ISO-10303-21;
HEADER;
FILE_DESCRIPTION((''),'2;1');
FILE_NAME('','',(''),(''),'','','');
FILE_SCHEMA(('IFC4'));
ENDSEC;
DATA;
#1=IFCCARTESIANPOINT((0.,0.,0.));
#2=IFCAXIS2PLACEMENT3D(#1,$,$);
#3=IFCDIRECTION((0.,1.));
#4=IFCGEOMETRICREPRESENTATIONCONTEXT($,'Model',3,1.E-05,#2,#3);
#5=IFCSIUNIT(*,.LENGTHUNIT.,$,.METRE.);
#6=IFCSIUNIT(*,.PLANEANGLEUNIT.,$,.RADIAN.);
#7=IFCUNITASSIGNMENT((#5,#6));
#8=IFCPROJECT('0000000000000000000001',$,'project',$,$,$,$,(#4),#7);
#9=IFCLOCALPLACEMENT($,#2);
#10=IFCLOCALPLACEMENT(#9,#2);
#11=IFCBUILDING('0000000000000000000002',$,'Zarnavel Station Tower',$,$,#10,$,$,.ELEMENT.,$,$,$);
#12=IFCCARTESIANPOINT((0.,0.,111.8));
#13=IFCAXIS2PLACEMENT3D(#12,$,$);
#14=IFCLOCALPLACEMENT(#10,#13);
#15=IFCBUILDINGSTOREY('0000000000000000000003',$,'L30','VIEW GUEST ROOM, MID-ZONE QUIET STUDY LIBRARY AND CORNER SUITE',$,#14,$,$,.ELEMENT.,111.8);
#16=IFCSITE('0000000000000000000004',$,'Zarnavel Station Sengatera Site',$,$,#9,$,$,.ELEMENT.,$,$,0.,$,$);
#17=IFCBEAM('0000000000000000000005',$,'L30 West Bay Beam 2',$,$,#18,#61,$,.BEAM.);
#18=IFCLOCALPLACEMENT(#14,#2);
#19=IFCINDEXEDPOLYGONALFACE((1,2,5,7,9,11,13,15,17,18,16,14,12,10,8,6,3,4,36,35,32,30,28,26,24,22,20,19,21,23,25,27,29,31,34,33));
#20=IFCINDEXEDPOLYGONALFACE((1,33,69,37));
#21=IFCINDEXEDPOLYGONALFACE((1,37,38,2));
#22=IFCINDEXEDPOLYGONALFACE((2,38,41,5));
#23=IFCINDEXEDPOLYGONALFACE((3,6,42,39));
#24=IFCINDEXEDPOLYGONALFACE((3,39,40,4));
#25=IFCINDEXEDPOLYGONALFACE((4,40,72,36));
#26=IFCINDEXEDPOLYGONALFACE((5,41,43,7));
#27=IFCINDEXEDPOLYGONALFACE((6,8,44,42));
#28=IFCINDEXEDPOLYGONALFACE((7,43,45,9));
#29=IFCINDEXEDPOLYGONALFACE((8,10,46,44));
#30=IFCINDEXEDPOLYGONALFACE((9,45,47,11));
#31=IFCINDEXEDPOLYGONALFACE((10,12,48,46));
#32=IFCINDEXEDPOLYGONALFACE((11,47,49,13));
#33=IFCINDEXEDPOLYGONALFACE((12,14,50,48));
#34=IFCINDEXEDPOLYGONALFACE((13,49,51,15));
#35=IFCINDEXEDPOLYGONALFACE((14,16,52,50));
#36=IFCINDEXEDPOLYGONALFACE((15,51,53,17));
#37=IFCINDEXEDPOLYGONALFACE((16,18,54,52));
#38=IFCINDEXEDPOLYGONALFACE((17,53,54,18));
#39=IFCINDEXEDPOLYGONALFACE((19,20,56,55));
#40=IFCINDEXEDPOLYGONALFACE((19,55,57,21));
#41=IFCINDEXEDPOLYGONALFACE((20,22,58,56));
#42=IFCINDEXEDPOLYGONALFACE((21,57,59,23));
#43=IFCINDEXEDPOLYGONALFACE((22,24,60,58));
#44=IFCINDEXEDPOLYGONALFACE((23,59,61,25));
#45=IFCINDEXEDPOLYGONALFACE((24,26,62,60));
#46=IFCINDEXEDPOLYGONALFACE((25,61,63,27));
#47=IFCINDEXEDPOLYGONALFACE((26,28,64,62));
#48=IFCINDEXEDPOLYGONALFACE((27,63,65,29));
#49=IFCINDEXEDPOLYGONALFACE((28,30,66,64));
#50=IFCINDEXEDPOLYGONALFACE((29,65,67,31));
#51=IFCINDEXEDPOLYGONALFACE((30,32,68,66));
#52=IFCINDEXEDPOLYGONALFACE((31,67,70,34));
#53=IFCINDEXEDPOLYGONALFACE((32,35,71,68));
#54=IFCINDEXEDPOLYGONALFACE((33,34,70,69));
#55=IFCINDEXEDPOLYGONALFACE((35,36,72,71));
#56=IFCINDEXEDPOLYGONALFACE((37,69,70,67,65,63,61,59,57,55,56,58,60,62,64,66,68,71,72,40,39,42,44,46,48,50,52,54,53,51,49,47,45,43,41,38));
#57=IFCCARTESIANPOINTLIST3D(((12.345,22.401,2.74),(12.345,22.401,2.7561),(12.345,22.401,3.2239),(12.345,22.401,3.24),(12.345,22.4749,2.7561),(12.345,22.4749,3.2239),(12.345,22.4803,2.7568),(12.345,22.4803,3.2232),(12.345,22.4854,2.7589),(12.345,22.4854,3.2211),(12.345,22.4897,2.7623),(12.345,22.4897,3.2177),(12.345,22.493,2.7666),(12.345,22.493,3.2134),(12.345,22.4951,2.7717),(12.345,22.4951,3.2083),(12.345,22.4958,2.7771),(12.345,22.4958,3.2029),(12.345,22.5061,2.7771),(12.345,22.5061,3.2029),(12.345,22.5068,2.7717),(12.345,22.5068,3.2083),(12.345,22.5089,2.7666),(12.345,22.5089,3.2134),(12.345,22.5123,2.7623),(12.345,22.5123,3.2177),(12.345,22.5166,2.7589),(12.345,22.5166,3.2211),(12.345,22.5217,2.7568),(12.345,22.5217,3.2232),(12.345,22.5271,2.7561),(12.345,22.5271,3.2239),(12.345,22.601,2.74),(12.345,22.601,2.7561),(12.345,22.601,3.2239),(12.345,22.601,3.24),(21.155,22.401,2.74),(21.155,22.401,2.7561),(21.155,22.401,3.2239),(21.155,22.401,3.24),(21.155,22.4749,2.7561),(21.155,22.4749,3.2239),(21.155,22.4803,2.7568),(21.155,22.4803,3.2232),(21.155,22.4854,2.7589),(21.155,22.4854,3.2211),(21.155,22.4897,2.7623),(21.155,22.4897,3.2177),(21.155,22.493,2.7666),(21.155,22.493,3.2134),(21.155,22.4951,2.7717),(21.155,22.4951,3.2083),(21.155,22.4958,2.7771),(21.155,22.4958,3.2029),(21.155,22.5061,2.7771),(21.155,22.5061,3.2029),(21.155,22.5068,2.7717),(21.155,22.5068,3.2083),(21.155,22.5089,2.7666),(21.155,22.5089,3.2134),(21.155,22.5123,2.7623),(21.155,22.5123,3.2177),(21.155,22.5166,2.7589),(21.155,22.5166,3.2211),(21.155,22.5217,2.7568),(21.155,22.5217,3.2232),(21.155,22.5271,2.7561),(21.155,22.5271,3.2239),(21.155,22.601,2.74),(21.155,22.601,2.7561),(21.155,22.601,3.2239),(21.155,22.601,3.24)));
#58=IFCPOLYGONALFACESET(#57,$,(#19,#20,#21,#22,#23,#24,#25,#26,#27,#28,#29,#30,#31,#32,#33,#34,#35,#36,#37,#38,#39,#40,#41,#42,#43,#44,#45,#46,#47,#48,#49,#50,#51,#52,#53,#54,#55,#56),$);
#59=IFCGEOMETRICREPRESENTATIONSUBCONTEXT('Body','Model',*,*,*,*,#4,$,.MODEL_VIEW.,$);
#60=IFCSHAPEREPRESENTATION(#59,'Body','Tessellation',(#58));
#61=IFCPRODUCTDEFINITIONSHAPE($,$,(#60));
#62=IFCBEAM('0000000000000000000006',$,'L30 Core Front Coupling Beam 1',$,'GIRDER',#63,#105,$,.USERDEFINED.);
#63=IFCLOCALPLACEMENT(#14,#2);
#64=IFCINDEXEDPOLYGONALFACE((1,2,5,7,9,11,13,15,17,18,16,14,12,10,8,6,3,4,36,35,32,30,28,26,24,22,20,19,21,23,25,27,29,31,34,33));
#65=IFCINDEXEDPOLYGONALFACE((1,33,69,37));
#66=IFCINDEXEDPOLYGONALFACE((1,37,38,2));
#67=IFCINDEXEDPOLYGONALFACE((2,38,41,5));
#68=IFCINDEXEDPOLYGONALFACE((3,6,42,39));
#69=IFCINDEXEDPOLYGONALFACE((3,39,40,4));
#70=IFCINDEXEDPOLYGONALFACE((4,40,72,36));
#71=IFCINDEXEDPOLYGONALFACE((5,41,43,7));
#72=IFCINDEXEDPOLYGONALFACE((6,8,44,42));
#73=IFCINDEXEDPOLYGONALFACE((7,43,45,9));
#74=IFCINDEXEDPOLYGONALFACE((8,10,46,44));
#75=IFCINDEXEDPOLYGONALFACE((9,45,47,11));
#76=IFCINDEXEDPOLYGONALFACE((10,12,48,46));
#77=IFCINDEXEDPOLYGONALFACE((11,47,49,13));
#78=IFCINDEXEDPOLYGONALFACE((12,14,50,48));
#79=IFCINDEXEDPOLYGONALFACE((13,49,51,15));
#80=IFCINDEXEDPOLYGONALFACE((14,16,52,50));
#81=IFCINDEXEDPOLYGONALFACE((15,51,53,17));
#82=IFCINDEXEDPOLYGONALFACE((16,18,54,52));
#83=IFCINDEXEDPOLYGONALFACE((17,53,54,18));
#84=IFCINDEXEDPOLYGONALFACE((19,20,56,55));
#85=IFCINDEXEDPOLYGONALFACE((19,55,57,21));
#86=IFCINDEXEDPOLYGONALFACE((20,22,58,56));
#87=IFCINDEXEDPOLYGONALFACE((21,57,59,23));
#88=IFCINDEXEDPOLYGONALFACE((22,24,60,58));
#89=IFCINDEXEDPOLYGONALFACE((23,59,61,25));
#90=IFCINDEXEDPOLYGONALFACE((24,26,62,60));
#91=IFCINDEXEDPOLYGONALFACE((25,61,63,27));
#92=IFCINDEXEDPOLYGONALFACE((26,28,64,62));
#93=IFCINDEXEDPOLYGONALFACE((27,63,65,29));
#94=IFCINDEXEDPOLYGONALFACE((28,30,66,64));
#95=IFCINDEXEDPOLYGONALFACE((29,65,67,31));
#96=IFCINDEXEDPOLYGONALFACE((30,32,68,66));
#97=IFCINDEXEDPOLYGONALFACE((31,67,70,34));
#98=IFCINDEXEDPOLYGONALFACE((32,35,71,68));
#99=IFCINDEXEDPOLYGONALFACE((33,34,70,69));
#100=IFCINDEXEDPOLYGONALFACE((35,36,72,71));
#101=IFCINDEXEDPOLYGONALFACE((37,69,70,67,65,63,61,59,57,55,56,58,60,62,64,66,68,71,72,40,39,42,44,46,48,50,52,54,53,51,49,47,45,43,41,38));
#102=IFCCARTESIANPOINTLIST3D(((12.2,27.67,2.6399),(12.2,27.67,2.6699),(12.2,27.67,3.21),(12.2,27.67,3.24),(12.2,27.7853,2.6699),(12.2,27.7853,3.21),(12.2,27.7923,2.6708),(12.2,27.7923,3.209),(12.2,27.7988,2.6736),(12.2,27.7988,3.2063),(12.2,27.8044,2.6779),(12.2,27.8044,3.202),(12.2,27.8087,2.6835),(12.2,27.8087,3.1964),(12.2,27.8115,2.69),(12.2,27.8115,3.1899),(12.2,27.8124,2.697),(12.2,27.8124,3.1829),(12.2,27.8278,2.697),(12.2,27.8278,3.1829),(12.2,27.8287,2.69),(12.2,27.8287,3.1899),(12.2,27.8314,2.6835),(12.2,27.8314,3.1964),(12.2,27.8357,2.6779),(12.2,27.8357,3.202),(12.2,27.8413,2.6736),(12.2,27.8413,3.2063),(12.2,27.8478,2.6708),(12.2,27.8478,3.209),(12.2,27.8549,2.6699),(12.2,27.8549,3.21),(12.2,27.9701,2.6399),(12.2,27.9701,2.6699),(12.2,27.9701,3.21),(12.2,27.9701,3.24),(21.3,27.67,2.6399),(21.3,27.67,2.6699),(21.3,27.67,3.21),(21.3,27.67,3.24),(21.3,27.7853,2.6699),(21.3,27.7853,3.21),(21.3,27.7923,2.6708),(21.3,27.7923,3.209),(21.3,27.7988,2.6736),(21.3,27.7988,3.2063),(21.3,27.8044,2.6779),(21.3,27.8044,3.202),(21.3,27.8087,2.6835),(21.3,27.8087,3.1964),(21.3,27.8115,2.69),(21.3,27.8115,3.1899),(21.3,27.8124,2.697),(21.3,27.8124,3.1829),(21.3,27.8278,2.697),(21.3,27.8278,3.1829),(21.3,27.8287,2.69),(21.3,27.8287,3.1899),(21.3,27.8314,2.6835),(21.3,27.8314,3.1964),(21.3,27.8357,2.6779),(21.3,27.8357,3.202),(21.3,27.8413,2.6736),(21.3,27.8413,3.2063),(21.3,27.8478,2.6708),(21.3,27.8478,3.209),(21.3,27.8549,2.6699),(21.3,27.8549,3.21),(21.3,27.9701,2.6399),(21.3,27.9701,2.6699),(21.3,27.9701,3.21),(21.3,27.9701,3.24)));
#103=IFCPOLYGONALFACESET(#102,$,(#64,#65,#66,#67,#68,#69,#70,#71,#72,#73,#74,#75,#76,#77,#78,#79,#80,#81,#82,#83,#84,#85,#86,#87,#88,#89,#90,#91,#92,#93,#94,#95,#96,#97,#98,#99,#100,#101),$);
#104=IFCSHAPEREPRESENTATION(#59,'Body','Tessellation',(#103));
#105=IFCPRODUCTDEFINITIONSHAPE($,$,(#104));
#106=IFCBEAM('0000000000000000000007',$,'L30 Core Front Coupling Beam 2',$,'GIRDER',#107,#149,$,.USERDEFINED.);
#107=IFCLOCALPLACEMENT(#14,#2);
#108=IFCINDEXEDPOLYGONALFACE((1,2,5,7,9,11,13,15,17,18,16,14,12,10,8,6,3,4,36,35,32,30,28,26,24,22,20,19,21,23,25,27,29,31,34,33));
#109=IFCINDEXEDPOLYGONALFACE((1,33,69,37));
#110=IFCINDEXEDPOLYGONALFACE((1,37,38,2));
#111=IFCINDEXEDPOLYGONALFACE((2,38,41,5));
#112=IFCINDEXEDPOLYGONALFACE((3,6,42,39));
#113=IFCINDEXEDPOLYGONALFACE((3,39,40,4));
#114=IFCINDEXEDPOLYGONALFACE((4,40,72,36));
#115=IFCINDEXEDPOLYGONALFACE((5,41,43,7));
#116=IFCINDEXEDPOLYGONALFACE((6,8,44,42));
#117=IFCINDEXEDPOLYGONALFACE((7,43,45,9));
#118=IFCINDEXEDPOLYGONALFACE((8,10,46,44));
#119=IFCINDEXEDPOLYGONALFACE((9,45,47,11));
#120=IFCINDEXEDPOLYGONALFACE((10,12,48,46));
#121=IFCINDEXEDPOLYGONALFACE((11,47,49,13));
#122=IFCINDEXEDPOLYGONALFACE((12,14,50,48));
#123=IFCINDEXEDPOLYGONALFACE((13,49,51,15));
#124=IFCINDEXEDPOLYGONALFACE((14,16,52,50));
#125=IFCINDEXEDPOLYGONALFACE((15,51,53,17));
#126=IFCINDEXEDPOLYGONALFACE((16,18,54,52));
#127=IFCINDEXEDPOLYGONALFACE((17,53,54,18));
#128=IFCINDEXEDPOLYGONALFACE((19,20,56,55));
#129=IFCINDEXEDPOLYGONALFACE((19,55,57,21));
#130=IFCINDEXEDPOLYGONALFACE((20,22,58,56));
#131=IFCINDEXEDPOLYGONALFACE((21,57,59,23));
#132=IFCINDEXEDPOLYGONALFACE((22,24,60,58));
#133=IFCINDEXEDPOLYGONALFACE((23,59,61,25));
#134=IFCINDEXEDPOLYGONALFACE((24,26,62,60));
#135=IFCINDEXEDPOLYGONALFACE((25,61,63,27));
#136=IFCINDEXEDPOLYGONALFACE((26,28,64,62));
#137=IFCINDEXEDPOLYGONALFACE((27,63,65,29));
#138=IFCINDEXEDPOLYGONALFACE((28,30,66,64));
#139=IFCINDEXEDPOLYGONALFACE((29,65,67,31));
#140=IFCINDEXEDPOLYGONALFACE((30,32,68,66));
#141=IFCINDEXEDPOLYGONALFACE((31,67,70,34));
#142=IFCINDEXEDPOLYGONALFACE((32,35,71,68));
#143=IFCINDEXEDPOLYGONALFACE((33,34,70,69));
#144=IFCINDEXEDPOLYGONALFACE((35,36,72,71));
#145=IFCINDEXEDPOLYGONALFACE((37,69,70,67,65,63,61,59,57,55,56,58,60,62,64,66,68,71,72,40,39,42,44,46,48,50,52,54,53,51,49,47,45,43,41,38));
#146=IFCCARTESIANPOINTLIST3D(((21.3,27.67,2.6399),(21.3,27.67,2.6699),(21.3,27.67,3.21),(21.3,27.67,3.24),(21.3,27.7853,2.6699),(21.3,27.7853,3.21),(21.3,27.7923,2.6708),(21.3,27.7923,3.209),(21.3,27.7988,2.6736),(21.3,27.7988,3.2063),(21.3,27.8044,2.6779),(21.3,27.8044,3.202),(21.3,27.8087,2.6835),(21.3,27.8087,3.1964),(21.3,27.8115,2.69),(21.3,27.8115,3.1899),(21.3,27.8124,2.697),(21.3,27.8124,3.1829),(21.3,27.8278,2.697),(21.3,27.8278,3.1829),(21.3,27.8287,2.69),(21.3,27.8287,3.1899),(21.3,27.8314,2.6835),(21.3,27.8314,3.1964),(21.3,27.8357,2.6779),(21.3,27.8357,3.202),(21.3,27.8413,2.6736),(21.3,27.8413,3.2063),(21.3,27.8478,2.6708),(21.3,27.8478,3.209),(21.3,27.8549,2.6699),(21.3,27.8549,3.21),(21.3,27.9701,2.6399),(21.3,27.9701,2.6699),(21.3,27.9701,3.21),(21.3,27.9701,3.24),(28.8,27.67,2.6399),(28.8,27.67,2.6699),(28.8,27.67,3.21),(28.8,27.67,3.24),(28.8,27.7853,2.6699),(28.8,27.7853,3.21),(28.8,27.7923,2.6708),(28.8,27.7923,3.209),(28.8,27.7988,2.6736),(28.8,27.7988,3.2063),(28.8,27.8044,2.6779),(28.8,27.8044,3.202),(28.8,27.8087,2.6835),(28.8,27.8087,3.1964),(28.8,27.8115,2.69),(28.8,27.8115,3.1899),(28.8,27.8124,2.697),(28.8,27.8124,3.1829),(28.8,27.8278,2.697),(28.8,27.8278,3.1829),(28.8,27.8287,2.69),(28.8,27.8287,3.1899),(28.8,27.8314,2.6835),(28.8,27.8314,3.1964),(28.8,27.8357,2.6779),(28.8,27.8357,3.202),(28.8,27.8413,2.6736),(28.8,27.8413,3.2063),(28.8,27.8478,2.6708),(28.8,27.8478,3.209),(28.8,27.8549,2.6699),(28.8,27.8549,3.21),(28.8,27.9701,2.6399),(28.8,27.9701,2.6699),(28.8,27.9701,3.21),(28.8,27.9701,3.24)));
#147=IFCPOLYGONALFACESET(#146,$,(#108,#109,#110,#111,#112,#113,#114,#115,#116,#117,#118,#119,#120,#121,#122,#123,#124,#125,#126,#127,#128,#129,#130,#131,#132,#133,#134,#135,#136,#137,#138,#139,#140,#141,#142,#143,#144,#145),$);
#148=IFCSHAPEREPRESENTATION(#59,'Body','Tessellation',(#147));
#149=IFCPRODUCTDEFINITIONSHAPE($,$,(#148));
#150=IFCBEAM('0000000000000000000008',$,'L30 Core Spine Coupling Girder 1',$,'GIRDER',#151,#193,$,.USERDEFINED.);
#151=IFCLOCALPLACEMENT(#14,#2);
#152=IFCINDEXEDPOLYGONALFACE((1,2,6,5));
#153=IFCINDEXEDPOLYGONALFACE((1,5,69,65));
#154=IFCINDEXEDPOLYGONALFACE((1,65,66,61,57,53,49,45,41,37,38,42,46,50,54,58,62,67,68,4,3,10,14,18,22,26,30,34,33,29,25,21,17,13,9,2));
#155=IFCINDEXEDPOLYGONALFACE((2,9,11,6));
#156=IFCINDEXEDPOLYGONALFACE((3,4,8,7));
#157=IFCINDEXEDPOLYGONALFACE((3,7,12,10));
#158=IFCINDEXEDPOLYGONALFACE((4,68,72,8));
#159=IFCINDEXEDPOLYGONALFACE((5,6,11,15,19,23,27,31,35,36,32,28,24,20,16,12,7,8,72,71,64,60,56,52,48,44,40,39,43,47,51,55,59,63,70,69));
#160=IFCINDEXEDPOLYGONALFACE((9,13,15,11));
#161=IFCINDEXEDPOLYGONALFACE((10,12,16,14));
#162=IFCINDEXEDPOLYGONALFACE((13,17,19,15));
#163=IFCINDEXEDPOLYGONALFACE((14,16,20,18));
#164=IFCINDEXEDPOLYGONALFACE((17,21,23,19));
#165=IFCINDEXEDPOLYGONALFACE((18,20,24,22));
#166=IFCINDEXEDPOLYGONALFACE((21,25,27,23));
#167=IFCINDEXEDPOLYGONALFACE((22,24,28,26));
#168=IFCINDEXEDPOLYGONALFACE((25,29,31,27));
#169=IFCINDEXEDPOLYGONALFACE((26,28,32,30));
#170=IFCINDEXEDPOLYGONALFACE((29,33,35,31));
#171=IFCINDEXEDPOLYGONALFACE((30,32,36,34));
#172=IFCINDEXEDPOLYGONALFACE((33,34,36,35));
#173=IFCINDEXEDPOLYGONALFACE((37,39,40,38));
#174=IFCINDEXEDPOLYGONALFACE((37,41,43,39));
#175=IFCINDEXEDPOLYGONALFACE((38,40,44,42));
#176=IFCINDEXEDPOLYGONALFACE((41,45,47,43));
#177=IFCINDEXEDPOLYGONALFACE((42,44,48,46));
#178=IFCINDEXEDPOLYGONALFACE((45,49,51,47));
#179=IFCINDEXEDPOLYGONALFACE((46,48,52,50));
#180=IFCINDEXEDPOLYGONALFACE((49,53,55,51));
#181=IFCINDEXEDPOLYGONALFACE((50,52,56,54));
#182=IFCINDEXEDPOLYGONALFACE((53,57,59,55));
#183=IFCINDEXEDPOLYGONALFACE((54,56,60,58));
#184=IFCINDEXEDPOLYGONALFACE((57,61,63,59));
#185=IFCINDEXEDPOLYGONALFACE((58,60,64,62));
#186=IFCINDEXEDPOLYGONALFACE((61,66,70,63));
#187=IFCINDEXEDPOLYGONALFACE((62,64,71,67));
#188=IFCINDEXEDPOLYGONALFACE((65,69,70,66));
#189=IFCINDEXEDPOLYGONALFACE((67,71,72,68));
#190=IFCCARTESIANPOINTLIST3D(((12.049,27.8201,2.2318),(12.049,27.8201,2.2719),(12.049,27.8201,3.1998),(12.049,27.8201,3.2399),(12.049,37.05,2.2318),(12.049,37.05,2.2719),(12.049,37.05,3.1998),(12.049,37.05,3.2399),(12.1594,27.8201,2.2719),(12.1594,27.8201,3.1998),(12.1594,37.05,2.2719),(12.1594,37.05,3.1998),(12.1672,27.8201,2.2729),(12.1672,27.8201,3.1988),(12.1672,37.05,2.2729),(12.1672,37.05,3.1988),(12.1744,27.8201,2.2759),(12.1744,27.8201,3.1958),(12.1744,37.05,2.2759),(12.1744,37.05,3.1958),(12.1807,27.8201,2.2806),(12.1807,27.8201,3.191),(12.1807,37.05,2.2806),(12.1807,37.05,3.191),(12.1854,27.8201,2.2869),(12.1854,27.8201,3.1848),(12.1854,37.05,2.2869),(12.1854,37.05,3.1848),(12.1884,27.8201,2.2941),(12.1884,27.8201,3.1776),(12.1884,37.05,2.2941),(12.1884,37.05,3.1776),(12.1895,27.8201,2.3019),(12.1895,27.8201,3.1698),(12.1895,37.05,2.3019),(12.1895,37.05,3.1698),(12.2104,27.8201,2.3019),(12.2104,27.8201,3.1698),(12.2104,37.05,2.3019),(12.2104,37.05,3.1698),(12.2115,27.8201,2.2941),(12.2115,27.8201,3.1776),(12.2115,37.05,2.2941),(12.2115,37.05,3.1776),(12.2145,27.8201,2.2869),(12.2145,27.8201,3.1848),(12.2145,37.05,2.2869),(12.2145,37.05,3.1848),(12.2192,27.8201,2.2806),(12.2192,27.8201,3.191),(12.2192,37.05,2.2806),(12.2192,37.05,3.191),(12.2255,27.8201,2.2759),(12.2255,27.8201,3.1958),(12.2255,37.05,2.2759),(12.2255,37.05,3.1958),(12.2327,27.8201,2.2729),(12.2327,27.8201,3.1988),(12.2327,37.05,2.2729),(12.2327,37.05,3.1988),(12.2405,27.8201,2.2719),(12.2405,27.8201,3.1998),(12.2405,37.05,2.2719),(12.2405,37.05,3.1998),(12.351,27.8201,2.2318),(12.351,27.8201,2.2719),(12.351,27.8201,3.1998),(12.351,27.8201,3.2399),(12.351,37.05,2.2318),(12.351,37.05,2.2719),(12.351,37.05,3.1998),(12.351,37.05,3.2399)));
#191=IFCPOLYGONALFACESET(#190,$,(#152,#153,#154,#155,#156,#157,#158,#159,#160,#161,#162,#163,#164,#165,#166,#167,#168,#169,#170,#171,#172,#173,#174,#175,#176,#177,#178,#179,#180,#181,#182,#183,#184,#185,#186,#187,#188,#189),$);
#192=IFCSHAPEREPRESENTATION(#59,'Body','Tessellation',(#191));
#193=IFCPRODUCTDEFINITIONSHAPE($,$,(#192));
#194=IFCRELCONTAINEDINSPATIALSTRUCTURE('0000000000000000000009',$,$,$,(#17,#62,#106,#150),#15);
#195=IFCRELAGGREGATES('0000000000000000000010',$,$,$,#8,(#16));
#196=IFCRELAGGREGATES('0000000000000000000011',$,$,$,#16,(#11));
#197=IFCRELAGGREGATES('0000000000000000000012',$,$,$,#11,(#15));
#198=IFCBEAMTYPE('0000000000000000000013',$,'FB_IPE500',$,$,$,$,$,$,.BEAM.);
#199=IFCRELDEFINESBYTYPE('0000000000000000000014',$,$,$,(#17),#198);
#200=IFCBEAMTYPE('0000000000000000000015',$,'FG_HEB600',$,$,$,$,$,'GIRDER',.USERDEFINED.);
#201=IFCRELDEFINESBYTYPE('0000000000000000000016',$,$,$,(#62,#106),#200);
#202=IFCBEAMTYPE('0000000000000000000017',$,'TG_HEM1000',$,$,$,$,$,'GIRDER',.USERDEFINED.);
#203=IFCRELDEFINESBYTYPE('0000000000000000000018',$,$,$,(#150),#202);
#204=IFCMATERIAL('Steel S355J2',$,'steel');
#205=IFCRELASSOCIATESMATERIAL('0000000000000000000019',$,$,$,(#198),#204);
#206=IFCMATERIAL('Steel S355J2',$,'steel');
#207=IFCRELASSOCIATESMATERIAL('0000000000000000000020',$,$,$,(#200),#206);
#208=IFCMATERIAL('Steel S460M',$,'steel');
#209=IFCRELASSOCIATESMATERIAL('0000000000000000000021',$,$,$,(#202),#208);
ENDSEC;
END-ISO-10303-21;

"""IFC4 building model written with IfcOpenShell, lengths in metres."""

from ifc_helpers import new_model, si_unit, direction, frame, origin, origin_2d, place, context, subcontext, project, spatial, i_section, extrude, material, material_profile, profile_set, type_object, element, save


model = new_model("IFC4")

# Units and contexts
model_context = context("Model", 3, precision=1e-05, world=origin(), true_north=direction((0.0, 1.0)))
body_context = subcontext(model_context, "Body", "Model", "MODEL_VIEW")
ifc_project = project(units=[si_unit("LENGTHUNIT", "METRE"), si_unit("PLANEANGLEUNIT", "RADIAN")], contexts=[model_context])

# Site, building, storey
site_placement = place(None, origin())
site = spatial("IfcSite", under=ifc_project, at=site_placement, Name="Zarnavel Station Sengatera Site", CompositionType="ELEMENT", RefElevation=0.0)
building_placement = place(site_placement, origin())
building = spatial("IfcBuilding", under=site, at=building_placement, Name="Zarnavel Station Tower", CompositionType="ELEMENT")
storey_placement = place(building_placement, frame((0.0, 0.0, 111.8)))
storey = spatial("IfcBuildingStorey", under=building, at=storey_placement, Name="L30", Description="VIEW GUEST ROOM, MID-ZONE QUIET STUDY LIBRARY AND CORNER SUITE", CompositionType="ELEMENT", Elevation=111.8)

# Beams
ifc_material_1 = material(Name="Steel S355J2", Category="steel")
ifc_material_profile_1 = material_profile(ifc_material_1, i_section(OverallWidth=0.2, OverallDepth=0.5, WebThickness=0.0103, FlangeThickness=0.0161, FilletRadius=0.021, at=origin_2d()), Name="IPE500")
ifc_profile_set_1 = profile_set([ifc_material_profile_1], Name="Steel S355J2")
beam_type_1 = type_object("IfcBeamType", Name="FB_IPE500", PredefinedType="BEAM", material=ifc_profile_set_1)
beam_1_placement = place(storey_placement, frame((12.345, 22.501, 2.99), z_axis=(1.0, 0.0, 0.0), x_axis=(0.0, 1.0, 0.0)))
element("IfcBeam", 1, at=beam_1_placement, inside=storey, type_object=beam_type_1, Name="L30 West Bay Beam 2", PredefinedType="BEAM", context=body_context, shape_type="SweptSolid", body=[
    extrude(i_section(OverallWidth=0.2, OverallDepth=0.5, WebThickness=0.0103, FlangeThickness=0.0161, FilletRadius=0.021, at=origin_2d()), origin(), (0.0, 0.0, 1.0), 8.8101),
])
ifc_material_2 = material(Name="Steel S355J2", Category="steel")
ifc_material_profile_2 = material_profile(ifc_material_2, i_section(OverallWidth=0.3, OverallDepth=0.6001, WebThickness=0.0154, FlangeThickness=0.03, FilletRadius=0.0271, at=origin_2d()), Name="HEB600")
ifc_profile_set_2 = profile_set([ifc_material_profile_2], Name="Steel S355J2")
beam_type_2 = type_object("IfcBeamType", Name="FG_HEB600", ElementType="GIRDER", PredefinedType="USERDEFINED", material=ifc_profile_set_2)
beam_2_placement = place(storey_placement, frame((12.2, 27.8201, 2.9399), z_axis=(1.0, 0.0, 0.0), x_axis=(0.0, 1.0, 0.0)))
element("IfcBeam", 2, at=beam_2_placement, inside=storey, type_object=beam_type_2, Name="L30 Core Front Coupling Beam 1", ObjectType="GIRDER", PredefinedType="USERDEFINED", context=body_context, shape_type="SweptSolid", body=[
    extrude(i_section(OverallWidth=0.3, OverallDepth=0.6001, WebThickness=0.0154, FlangeThickness=0.03, FilletRadius=0.0271, at=origin_2d()), origin(), (0.0, 0.0, 1.0), 9.1001),
])
beam_3_placement = place(storey_placement, frame((21.3, 27.8201, 2.9399), z_axis=(1.0, 0.0, 0.0), x_axis=(0.0, 1.0, 0.0)))
element("IfcBeam", 3, at=beam_3_placement, inside=storey, type_object=beam_type_2, Name="L30 Core Front Coupling Beam 2", ObjectType="GIRDER", PredefinedType="USERDEFINED", context=body_context, shape_type="SweptSolid", body=[
    extrude(i_section(OverallWidth=0.3, OverallDepth=0.6001, WebThickness=0.0154, FlangeThickness=0.03, FilletRadius=0.0271, at=origin_2d()), origin(), (0.0, 0.0, 1.0), 7.5),
])
ifc_material_3 = material(Name="Steel S460M", Category="steel")
ifc_material_profile_3 = material_profile(ifc_material_3, i_section(OverallWidth=0.302, OverallDepth=1.0081, WebThickness=0.021, FlangeThickness=0.04, FilletRadius=0.03, at=origin_2d()), Name="HEM1000")
ifc_profile_set_3 = profile_set([ifc_material_profile_3], Name="Steel S460M")
beam_type_3 = type_object("IfcBeamType", Name="TG_HEM1000", ElementType="GIRDER", PredefinedType="USERDEFINED", material=ifc_profile_set_3)
for number, where, z_axis, x_axis, name in (
    (4, (12.2, 27.8201, 2.7358), (0.0, 1.0, 0.0), (-1.0, 0.0, 0.0), "L30 Core Spine Coupling Girder 1"),
):
    element("IfcBeam", number, at=place(storey_placement, frame(where, z_axis=z_axis, x_axis=x_axis)), inside=storey, type_object=beam_type_3, Name=name, ObjectType="GIRDER", PredefinedType="USERDEFINED", context=body_context, shape_type="SweptSolid", body=[
        extrude(i_section(OverallWidth=0.302, OverallDepth=1.0081, WebThickness=0.021, FlangeThickness=0.04, FilletRadius=0.03, at=origin_2d()), origin(), (0.0, 0.0, 1.0), 9.23),
    ])

save(model, "model.ifc")
